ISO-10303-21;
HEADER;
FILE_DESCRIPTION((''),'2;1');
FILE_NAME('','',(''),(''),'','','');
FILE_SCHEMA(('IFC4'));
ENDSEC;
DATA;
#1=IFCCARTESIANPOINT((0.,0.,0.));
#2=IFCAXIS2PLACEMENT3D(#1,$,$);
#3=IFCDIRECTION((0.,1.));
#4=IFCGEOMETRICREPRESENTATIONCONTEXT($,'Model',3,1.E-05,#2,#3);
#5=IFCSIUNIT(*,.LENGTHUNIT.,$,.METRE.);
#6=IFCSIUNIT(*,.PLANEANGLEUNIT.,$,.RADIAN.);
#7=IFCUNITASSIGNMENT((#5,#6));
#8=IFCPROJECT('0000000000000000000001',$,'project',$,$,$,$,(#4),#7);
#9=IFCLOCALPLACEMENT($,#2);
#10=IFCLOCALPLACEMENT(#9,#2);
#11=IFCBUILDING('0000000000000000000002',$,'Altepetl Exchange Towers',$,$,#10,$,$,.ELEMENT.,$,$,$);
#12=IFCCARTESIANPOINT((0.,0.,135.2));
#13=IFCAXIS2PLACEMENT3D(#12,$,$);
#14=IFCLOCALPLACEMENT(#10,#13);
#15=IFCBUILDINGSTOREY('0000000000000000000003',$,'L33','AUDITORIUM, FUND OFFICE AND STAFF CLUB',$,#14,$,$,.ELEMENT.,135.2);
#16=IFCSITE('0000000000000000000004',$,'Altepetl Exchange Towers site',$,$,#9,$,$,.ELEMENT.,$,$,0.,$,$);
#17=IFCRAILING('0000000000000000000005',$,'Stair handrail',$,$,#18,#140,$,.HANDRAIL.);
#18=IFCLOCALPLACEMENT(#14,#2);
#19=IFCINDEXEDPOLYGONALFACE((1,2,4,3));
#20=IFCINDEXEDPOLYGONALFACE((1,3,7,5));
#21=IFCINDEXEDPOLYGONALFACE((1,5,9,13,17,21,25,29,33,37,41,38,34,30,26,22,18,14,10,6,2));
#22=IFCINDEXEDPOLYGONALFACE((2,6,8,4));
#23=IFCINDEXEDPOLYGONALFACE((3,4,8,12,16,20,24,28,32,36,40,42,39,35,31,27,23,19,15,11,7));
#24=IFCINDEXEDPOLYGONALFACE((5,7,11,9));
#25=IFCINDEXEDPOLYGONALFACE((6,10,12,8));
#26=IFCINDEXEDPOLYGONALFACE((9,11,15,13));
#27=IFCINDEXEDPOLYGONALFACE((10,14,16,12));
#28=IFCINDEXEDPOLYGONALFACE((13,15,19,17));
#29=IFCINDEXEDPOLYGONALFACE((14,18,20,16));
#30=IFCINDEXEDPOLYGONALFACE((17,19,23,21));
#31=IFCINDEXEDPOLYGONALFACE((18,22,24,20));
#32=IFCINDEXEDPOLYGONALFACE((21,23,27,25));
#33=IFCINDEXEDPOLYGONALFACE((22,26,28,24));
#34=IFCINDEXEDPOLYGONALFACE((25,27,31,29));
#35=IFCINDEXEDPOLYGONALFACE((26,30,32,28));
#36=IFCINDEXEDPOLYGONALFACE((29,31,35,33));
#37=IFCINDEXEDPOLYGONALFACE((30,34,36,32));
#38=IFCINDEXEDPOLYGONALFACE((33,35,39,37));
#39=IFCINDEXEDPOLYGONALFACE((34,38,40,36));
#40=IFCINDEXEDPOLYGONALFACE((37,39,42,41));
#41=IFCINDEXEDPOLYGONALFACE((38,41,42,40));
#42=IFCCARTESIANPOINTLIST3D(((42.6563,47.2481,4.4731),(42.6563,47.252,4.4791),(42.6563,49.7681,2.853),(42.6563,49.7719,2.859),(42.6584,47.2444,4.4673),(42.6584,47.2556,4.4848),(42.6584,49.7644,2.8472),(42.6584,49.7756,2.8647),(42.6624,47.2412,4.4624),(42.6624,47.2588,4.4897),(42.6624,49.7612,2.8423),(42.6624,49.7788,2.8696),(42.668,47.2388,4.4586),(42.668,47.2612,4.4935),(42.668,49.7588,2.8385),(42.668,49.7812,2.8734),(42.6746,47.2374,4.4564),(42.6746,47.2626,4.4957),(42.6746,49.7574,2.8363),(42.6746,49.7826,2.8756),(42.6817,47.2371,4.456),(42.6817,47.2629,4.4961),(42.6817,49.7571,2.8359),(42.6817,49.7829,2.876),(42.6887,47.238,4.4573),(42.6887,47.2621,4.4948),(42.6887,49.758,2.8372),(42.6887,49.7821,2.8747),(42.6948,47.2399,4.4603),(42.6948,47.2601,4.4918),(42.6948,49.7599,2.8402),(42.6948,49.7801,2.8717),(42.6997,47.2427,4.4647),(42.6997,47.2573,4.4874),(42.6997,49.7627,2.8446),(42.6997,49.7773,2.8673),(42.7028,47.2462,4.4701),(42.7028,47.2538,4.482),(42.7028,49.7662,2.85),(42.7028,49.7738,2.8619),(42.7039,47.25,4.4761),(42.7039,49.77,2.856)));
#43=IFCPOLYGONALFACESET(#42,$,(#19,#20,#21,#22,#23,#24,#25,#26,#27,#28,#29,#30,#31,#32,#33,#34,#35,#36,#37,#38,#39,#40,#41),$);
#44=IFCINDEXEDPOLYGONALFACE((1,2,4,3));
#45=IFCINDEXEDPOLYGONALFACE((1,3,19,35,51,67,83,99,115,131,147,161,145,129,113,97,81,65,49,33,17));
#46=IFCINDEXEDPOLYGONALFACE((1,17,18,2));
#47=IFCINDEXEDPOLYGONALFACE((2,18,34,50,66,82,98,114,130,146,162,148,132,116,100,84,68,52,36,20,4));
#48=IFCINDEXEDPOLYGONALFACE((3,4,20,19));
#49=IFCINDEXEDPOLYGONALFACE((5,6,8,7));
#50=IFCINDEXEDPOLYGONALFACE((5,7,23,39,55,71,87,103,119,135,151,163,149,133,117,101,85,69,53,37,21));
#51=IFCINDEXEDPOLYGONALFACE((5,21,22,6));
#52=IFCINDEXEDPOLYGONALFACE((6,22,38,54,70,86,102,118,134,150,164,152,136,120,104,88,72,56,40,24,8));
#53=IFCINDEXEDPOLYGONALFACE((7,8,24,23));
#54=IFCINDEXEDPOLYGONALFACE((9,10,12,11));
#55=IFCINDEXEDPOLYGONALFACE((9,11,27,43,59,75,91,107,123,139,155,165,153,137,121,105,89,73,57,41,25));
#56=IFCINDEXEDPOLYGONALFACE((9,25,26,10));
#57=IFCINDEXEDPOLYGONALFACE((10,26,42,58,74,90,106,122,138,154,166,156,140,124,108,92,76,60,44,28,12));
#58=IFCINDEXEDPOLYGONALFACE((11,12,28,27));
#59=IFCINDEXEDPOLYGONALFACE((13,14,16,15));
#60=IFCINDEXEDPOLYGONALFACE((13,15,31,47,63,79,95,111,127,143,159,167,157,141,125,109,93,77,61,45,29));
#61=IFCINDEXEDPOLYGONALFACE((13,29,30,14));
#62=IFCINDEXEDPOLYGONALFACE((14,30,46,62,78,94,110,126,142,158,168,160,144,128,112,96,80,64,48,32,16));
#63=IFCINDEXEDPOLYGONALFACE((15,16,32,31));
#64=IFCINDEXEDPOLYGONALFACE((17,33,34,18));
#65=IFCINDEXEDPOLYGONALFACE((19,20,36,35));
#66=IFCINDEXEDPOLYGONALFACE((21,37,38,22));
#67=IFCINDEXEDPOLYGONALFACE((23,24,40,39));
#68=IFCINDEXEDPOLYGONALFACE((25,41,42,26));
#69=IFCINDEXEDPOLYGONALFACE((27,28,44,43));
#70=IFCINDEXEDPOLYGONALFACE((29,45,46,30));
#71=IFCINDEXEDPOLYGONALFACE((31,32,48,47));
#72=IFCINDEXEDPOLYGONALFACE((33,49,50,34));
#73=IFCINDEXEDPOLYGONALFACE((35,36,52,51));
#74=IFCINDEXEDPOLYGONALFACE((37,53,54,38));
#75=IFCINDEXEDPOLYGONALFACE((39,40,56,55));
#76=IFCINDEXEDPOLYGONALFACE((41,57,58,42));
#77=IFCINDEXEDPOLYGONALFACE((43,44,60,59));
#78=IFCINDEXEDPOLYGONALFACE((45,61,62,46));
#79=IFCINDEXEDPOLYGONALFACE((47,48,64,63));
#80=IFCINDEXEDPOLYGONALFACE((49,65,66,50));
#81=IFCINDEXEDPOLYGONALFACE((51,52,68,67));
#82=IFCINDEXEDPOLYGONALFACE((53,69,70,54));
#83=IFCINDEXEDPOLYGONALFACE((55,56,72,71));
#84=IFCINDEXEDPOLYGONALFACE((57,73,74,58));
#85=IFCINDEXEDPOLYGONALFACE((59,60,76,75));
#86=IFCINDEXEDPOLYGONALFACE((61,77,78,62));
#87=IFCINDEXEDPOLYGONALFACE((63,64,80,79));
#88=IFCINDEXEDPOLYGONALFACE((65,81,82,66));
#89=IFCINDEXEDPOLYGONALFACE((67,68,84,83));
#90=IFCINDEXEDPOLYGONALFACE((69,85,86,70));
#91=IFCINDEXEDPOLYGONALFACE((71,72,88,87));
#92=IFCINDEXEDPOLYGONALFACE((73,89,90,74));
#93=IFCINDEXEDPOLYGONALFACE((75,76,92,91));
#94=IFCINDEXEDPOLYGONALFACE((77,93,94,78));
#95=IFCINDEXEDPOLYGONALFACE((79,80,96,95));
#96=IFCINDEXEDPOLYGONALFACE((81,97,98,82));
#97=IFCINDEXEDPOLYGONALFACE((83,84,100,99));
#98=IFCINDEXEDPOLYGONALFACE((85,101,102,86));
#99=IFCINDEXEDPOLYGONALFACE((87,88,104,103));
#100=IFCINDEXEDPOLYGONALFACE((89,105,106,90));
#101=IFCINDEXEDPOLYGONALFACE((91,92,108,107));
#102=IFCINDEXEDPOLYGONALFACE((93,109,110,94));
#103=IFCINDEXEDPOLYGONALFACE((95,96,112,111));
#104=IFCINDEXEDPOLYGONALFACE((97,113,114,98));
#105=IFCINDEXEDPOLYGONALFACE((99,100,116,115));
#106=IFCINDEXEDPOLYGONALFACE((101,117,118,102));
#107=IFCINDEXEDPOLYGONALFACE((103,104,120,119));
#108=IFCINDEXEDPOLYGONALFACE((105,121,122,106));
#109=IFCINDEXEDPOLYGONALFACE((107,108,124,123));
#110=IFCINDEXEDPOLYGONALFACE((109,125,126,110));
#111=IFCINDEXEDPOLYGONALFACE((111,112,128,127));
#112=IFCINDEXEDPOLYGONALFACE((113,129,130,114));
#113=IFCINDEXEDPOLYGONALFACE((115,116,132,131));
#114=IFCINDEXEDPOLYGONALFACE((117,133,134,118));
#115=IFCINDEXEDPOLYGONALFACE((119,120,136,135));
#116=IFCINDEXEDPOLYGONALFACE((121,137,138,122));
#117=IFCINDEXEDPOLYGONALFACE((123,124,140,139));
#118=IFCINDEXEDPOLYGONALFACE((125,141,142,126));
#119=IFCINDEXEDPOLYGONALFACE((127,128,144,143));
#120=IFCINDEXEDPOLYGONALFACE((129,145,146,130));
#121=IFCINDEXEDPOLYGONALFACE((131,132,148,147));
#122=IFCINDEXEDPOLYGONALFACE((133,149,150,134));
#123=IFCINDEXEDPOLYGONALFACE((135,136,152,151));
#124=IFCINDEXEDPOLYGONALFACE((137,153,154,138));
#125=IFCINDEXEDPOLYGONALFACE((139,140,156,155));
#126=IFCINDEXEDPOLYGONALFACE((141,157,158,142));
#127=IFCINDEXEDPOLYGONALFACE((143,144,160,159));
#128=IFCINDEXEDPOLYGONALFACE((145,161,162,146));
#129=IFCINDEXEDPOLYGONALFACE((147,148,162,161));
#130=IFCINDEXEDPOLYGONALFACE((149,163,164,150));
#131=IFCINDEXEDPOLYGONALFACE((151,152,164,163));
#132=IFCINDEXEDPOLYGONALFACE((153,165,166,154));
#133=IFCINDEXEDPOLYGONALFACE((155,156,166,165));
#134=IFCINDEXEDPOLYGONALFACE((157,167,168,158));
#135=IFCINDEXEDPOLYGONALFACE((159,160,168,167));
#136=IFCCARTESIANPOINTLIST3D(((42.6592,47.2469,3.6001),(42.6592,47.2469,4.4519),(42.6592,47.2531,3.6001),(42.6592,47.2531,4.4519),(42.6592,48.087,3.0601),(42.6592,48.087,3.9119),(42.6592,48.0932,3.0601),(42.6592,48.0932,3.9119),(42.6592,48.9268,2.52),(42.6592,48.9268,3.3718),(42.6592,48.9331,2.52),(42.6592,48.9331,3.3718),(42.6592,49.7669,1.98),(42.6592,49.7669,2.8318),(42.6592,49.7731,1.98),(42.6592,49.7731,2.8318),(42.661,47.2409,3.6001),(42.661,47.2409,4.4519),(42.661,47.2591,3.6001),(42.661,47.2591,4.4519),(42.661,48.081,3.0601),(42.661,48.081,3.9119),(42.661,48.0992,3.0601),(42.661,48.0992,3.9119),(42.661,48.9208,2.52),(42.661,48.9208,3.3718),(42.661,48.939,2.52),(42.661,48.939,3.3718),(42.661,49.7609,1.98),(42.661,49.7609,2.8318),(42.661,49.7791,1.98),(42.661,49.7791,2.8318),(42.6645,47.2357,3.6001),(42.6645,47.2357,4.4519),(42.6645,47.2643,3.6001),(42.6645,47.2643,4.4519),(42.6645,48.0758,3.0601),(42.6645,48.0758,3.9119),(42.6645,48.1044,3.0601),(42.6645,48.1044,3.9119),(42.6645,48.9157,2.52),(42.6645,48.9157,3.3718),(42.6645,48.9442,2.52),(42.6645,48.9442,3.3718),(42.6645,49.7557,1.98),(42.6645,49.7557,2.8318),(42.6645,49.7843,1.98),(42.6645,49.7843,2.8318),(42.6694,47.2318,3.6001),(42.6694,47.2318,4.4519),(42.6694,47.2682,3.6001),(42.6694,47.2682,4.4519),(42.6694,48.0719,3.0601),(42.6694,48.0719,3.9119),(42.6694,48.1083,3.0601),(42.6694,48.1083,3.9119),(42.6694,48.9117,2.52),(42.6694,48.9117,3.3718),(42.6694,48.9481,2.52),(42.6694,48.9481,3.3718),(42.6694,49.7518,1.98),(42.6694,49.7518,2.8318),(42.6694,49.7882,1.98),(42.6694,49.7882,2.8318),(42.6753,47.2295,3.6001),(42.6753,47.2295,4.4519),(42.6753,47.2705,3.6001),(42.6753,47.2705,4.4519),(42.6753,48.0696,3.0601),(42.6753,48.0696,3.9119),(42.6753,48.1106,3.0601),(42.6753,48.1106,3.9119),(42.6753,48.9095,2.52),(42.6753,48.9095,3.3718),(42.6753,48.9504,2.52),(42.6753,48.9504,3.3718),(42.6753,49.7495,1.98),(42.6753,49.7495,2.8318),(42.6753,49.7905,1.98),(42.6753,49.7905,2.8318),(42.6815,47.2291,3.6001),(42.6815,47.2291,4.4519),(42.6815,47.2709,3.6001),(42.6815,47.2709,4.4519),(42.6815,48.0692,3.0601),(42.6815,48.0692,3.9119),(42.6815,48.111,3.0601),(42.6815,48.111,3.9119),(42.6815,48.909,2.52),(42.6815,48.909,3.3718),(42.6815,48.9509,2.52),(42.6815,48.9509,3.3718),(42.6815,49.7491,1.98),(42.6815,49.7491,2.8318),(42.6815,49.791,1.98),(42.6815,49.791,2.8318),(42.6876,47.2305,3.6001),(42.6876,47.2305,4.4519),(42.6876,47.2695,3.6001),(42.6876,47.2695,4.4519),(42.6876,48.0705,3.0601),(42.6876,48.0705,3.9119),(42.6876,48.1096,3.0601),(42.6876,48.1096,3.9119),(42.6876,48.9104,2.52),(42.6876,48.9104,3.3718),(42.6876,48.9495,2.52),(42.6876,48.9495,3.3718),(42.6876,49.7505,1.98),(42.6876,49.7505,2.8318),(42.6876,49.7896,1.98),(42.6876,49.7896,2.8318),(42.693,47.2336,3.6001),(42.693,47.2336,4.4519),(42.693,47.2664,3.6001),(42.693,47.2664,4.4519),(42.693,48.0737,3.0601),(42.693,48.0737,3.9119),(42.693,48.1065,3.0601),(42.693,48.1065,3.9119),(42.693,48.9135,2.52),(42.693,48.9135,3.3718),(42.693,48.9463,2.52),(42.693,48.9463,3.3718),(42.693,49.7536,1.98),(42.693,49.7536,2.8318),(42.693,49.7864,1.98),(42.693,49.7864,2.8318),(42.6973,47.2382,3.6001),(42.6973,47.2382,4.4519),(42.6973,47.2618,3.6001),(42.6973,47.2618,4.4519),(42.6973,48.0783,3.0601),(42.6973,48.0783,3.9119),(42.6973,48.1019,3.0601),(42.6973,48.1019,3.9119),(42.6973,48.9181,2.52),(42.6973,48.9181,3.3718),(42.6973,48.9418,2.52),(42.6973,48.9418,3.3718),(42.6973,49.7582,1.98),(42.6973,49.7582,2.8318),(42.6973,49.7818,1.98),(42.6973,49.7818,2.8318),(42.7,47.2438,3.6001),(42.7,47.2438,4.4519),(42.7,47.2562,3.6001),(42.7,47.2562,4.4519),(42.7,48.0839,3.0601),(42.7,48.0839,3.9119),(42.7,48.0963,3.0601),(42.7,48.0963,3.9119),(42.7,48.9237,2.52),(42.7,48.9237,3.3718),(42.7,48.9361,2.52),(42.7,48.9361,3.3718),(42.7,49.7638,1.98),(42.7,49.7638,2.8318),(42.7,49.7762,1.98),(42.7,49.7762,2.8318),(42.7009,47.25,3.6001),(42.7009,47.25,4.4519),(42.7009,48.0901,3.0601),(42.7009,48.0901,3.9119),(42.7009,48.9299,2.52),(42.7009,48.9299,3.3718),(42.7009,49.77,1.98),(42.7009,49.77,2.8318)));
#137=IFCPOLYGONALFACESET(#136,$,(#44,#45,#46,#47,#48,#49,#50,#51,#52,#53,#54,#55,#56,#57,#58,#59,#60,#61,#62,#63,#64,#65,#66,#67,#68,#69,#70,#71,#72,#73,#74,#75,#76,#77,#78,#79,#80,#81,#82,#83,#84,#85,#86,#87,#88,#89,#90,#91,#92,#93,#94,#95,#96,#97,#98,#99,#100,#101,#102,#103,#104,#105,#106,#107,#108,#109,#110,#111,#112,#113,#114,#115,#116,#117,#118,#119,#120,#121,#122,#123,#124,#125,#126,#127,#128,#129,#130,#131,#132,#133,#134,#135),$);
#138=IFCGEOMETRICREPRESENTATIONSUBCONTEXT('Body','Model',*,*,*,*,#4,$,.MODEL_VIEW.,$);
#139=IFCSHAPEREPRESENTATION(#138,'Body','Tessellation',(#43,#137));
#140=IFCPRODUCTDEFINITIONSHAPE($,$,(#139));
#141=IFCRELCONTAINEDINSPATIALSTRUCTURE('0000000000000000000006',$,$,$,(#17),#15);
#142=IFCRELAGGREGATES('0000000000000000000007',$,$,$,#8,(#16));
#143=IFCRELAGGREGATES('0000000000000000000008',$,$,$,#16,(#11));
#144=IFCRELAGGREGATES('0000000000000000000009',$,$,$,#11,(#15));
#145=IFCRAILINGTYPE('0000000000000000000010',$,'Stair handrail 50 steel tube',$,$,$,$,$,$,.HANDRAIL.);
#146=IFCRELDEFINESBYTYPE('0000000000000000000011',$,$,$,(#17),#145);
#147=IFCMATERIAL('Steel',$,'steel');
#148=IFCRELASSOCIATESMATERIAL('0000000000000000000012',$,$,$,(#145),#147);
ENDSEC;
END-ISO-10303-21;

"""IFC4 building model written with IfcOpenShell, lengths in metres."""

from ifc_helpers import new_model, si_unit, direction, frame, origin, origin_2d, place, context, subcontext, project, spatial, circle, extrude, source, transform, mapped, material, type_object, element, save


model = new_model("IFC4")

# Units and contexts
model_context = context("Model", 3, precision=1e-05, world=origin(), true_north=direction((0.0, 1.0)))
body_context = subcontext(model_context, "Body", "Model", "MODEL_VIEW")
ifc_project = project(units=[si_unit("LENGTHUNIT", "METRE"), si_unit("PLANEANGLEUNIT", "RADIAN")], contexts=[model_context])

# Site, building, storey
site_placement = place(None, origin())
site = spatial("IfcSite", under=ifc_project, at=site_placement, Name="Altepetl Exchange Towers site", CompositionType="ELEMENT", RefElevation=0.0)
building_placement = place(site_placement, origin())
building = spatial("IfcBuilding", under=site, at=building_placement, Name="Altepetl Exchange Towers", CompositionType="ELEMENT")
storey_placement = place(building_placement, frame((0.0, 0.0, 135.2)))
storey = spatial("IfcBuildingStorey", under=building, at=storey_placement, Name="L33", Description="AUDITORIUM, FUND OFFICE AND STAFF CLUB", CompositionType="ELEMENT", Elevation=135.2)

# Railing
ifc_material_1 = material(Name="Steel", Category="steel")
railing_type = type_object("IfcRailingType", Name="Stair handrail 50 steel tube", PredefinedType="HANDRAIL", material=ifc_material_1)
shared_shape = source(origin(), body_context, "Body", "SweptSolid", [
    extrude(circle(Radius=0.021, at=origin_2d()), origin(), (0.0, 0.0, 1.0), 0.8518),
])
railing_1_placement = place(storey_placement, frame((42.6799, 49.77, 1.98)))
element("IfcRailing", 1, at=railing_1_placement, inside=storey, type_object=railing_type, Name="Stair handrail", PredefinedType="HANDRAIL", context=body_context, shape_type="SweptSolid", body=[
    extrude(circle(Radius=0.0239, at=origin_2d()), frame((0.0, 0.0, 0.876), z_axis=(0.0, -0.841163, 0.540782), x_axis=(1.0, 0.0, 0.0)), (0.0, 0.0, 1.0), 2.9958),
    mapped(shared_shape, transform((0.0, 0.0, 0.0))),
    mapped(shared_shape, transform((0.0, -0.8401, 0.54))),
    mapped(shared_shape, transform((0.0, -1.6799, 1.0801))),
    mapped(shared_shape, transform((0.0, -2.52, 1.6201))),
])

save(model, "model.ifc")
